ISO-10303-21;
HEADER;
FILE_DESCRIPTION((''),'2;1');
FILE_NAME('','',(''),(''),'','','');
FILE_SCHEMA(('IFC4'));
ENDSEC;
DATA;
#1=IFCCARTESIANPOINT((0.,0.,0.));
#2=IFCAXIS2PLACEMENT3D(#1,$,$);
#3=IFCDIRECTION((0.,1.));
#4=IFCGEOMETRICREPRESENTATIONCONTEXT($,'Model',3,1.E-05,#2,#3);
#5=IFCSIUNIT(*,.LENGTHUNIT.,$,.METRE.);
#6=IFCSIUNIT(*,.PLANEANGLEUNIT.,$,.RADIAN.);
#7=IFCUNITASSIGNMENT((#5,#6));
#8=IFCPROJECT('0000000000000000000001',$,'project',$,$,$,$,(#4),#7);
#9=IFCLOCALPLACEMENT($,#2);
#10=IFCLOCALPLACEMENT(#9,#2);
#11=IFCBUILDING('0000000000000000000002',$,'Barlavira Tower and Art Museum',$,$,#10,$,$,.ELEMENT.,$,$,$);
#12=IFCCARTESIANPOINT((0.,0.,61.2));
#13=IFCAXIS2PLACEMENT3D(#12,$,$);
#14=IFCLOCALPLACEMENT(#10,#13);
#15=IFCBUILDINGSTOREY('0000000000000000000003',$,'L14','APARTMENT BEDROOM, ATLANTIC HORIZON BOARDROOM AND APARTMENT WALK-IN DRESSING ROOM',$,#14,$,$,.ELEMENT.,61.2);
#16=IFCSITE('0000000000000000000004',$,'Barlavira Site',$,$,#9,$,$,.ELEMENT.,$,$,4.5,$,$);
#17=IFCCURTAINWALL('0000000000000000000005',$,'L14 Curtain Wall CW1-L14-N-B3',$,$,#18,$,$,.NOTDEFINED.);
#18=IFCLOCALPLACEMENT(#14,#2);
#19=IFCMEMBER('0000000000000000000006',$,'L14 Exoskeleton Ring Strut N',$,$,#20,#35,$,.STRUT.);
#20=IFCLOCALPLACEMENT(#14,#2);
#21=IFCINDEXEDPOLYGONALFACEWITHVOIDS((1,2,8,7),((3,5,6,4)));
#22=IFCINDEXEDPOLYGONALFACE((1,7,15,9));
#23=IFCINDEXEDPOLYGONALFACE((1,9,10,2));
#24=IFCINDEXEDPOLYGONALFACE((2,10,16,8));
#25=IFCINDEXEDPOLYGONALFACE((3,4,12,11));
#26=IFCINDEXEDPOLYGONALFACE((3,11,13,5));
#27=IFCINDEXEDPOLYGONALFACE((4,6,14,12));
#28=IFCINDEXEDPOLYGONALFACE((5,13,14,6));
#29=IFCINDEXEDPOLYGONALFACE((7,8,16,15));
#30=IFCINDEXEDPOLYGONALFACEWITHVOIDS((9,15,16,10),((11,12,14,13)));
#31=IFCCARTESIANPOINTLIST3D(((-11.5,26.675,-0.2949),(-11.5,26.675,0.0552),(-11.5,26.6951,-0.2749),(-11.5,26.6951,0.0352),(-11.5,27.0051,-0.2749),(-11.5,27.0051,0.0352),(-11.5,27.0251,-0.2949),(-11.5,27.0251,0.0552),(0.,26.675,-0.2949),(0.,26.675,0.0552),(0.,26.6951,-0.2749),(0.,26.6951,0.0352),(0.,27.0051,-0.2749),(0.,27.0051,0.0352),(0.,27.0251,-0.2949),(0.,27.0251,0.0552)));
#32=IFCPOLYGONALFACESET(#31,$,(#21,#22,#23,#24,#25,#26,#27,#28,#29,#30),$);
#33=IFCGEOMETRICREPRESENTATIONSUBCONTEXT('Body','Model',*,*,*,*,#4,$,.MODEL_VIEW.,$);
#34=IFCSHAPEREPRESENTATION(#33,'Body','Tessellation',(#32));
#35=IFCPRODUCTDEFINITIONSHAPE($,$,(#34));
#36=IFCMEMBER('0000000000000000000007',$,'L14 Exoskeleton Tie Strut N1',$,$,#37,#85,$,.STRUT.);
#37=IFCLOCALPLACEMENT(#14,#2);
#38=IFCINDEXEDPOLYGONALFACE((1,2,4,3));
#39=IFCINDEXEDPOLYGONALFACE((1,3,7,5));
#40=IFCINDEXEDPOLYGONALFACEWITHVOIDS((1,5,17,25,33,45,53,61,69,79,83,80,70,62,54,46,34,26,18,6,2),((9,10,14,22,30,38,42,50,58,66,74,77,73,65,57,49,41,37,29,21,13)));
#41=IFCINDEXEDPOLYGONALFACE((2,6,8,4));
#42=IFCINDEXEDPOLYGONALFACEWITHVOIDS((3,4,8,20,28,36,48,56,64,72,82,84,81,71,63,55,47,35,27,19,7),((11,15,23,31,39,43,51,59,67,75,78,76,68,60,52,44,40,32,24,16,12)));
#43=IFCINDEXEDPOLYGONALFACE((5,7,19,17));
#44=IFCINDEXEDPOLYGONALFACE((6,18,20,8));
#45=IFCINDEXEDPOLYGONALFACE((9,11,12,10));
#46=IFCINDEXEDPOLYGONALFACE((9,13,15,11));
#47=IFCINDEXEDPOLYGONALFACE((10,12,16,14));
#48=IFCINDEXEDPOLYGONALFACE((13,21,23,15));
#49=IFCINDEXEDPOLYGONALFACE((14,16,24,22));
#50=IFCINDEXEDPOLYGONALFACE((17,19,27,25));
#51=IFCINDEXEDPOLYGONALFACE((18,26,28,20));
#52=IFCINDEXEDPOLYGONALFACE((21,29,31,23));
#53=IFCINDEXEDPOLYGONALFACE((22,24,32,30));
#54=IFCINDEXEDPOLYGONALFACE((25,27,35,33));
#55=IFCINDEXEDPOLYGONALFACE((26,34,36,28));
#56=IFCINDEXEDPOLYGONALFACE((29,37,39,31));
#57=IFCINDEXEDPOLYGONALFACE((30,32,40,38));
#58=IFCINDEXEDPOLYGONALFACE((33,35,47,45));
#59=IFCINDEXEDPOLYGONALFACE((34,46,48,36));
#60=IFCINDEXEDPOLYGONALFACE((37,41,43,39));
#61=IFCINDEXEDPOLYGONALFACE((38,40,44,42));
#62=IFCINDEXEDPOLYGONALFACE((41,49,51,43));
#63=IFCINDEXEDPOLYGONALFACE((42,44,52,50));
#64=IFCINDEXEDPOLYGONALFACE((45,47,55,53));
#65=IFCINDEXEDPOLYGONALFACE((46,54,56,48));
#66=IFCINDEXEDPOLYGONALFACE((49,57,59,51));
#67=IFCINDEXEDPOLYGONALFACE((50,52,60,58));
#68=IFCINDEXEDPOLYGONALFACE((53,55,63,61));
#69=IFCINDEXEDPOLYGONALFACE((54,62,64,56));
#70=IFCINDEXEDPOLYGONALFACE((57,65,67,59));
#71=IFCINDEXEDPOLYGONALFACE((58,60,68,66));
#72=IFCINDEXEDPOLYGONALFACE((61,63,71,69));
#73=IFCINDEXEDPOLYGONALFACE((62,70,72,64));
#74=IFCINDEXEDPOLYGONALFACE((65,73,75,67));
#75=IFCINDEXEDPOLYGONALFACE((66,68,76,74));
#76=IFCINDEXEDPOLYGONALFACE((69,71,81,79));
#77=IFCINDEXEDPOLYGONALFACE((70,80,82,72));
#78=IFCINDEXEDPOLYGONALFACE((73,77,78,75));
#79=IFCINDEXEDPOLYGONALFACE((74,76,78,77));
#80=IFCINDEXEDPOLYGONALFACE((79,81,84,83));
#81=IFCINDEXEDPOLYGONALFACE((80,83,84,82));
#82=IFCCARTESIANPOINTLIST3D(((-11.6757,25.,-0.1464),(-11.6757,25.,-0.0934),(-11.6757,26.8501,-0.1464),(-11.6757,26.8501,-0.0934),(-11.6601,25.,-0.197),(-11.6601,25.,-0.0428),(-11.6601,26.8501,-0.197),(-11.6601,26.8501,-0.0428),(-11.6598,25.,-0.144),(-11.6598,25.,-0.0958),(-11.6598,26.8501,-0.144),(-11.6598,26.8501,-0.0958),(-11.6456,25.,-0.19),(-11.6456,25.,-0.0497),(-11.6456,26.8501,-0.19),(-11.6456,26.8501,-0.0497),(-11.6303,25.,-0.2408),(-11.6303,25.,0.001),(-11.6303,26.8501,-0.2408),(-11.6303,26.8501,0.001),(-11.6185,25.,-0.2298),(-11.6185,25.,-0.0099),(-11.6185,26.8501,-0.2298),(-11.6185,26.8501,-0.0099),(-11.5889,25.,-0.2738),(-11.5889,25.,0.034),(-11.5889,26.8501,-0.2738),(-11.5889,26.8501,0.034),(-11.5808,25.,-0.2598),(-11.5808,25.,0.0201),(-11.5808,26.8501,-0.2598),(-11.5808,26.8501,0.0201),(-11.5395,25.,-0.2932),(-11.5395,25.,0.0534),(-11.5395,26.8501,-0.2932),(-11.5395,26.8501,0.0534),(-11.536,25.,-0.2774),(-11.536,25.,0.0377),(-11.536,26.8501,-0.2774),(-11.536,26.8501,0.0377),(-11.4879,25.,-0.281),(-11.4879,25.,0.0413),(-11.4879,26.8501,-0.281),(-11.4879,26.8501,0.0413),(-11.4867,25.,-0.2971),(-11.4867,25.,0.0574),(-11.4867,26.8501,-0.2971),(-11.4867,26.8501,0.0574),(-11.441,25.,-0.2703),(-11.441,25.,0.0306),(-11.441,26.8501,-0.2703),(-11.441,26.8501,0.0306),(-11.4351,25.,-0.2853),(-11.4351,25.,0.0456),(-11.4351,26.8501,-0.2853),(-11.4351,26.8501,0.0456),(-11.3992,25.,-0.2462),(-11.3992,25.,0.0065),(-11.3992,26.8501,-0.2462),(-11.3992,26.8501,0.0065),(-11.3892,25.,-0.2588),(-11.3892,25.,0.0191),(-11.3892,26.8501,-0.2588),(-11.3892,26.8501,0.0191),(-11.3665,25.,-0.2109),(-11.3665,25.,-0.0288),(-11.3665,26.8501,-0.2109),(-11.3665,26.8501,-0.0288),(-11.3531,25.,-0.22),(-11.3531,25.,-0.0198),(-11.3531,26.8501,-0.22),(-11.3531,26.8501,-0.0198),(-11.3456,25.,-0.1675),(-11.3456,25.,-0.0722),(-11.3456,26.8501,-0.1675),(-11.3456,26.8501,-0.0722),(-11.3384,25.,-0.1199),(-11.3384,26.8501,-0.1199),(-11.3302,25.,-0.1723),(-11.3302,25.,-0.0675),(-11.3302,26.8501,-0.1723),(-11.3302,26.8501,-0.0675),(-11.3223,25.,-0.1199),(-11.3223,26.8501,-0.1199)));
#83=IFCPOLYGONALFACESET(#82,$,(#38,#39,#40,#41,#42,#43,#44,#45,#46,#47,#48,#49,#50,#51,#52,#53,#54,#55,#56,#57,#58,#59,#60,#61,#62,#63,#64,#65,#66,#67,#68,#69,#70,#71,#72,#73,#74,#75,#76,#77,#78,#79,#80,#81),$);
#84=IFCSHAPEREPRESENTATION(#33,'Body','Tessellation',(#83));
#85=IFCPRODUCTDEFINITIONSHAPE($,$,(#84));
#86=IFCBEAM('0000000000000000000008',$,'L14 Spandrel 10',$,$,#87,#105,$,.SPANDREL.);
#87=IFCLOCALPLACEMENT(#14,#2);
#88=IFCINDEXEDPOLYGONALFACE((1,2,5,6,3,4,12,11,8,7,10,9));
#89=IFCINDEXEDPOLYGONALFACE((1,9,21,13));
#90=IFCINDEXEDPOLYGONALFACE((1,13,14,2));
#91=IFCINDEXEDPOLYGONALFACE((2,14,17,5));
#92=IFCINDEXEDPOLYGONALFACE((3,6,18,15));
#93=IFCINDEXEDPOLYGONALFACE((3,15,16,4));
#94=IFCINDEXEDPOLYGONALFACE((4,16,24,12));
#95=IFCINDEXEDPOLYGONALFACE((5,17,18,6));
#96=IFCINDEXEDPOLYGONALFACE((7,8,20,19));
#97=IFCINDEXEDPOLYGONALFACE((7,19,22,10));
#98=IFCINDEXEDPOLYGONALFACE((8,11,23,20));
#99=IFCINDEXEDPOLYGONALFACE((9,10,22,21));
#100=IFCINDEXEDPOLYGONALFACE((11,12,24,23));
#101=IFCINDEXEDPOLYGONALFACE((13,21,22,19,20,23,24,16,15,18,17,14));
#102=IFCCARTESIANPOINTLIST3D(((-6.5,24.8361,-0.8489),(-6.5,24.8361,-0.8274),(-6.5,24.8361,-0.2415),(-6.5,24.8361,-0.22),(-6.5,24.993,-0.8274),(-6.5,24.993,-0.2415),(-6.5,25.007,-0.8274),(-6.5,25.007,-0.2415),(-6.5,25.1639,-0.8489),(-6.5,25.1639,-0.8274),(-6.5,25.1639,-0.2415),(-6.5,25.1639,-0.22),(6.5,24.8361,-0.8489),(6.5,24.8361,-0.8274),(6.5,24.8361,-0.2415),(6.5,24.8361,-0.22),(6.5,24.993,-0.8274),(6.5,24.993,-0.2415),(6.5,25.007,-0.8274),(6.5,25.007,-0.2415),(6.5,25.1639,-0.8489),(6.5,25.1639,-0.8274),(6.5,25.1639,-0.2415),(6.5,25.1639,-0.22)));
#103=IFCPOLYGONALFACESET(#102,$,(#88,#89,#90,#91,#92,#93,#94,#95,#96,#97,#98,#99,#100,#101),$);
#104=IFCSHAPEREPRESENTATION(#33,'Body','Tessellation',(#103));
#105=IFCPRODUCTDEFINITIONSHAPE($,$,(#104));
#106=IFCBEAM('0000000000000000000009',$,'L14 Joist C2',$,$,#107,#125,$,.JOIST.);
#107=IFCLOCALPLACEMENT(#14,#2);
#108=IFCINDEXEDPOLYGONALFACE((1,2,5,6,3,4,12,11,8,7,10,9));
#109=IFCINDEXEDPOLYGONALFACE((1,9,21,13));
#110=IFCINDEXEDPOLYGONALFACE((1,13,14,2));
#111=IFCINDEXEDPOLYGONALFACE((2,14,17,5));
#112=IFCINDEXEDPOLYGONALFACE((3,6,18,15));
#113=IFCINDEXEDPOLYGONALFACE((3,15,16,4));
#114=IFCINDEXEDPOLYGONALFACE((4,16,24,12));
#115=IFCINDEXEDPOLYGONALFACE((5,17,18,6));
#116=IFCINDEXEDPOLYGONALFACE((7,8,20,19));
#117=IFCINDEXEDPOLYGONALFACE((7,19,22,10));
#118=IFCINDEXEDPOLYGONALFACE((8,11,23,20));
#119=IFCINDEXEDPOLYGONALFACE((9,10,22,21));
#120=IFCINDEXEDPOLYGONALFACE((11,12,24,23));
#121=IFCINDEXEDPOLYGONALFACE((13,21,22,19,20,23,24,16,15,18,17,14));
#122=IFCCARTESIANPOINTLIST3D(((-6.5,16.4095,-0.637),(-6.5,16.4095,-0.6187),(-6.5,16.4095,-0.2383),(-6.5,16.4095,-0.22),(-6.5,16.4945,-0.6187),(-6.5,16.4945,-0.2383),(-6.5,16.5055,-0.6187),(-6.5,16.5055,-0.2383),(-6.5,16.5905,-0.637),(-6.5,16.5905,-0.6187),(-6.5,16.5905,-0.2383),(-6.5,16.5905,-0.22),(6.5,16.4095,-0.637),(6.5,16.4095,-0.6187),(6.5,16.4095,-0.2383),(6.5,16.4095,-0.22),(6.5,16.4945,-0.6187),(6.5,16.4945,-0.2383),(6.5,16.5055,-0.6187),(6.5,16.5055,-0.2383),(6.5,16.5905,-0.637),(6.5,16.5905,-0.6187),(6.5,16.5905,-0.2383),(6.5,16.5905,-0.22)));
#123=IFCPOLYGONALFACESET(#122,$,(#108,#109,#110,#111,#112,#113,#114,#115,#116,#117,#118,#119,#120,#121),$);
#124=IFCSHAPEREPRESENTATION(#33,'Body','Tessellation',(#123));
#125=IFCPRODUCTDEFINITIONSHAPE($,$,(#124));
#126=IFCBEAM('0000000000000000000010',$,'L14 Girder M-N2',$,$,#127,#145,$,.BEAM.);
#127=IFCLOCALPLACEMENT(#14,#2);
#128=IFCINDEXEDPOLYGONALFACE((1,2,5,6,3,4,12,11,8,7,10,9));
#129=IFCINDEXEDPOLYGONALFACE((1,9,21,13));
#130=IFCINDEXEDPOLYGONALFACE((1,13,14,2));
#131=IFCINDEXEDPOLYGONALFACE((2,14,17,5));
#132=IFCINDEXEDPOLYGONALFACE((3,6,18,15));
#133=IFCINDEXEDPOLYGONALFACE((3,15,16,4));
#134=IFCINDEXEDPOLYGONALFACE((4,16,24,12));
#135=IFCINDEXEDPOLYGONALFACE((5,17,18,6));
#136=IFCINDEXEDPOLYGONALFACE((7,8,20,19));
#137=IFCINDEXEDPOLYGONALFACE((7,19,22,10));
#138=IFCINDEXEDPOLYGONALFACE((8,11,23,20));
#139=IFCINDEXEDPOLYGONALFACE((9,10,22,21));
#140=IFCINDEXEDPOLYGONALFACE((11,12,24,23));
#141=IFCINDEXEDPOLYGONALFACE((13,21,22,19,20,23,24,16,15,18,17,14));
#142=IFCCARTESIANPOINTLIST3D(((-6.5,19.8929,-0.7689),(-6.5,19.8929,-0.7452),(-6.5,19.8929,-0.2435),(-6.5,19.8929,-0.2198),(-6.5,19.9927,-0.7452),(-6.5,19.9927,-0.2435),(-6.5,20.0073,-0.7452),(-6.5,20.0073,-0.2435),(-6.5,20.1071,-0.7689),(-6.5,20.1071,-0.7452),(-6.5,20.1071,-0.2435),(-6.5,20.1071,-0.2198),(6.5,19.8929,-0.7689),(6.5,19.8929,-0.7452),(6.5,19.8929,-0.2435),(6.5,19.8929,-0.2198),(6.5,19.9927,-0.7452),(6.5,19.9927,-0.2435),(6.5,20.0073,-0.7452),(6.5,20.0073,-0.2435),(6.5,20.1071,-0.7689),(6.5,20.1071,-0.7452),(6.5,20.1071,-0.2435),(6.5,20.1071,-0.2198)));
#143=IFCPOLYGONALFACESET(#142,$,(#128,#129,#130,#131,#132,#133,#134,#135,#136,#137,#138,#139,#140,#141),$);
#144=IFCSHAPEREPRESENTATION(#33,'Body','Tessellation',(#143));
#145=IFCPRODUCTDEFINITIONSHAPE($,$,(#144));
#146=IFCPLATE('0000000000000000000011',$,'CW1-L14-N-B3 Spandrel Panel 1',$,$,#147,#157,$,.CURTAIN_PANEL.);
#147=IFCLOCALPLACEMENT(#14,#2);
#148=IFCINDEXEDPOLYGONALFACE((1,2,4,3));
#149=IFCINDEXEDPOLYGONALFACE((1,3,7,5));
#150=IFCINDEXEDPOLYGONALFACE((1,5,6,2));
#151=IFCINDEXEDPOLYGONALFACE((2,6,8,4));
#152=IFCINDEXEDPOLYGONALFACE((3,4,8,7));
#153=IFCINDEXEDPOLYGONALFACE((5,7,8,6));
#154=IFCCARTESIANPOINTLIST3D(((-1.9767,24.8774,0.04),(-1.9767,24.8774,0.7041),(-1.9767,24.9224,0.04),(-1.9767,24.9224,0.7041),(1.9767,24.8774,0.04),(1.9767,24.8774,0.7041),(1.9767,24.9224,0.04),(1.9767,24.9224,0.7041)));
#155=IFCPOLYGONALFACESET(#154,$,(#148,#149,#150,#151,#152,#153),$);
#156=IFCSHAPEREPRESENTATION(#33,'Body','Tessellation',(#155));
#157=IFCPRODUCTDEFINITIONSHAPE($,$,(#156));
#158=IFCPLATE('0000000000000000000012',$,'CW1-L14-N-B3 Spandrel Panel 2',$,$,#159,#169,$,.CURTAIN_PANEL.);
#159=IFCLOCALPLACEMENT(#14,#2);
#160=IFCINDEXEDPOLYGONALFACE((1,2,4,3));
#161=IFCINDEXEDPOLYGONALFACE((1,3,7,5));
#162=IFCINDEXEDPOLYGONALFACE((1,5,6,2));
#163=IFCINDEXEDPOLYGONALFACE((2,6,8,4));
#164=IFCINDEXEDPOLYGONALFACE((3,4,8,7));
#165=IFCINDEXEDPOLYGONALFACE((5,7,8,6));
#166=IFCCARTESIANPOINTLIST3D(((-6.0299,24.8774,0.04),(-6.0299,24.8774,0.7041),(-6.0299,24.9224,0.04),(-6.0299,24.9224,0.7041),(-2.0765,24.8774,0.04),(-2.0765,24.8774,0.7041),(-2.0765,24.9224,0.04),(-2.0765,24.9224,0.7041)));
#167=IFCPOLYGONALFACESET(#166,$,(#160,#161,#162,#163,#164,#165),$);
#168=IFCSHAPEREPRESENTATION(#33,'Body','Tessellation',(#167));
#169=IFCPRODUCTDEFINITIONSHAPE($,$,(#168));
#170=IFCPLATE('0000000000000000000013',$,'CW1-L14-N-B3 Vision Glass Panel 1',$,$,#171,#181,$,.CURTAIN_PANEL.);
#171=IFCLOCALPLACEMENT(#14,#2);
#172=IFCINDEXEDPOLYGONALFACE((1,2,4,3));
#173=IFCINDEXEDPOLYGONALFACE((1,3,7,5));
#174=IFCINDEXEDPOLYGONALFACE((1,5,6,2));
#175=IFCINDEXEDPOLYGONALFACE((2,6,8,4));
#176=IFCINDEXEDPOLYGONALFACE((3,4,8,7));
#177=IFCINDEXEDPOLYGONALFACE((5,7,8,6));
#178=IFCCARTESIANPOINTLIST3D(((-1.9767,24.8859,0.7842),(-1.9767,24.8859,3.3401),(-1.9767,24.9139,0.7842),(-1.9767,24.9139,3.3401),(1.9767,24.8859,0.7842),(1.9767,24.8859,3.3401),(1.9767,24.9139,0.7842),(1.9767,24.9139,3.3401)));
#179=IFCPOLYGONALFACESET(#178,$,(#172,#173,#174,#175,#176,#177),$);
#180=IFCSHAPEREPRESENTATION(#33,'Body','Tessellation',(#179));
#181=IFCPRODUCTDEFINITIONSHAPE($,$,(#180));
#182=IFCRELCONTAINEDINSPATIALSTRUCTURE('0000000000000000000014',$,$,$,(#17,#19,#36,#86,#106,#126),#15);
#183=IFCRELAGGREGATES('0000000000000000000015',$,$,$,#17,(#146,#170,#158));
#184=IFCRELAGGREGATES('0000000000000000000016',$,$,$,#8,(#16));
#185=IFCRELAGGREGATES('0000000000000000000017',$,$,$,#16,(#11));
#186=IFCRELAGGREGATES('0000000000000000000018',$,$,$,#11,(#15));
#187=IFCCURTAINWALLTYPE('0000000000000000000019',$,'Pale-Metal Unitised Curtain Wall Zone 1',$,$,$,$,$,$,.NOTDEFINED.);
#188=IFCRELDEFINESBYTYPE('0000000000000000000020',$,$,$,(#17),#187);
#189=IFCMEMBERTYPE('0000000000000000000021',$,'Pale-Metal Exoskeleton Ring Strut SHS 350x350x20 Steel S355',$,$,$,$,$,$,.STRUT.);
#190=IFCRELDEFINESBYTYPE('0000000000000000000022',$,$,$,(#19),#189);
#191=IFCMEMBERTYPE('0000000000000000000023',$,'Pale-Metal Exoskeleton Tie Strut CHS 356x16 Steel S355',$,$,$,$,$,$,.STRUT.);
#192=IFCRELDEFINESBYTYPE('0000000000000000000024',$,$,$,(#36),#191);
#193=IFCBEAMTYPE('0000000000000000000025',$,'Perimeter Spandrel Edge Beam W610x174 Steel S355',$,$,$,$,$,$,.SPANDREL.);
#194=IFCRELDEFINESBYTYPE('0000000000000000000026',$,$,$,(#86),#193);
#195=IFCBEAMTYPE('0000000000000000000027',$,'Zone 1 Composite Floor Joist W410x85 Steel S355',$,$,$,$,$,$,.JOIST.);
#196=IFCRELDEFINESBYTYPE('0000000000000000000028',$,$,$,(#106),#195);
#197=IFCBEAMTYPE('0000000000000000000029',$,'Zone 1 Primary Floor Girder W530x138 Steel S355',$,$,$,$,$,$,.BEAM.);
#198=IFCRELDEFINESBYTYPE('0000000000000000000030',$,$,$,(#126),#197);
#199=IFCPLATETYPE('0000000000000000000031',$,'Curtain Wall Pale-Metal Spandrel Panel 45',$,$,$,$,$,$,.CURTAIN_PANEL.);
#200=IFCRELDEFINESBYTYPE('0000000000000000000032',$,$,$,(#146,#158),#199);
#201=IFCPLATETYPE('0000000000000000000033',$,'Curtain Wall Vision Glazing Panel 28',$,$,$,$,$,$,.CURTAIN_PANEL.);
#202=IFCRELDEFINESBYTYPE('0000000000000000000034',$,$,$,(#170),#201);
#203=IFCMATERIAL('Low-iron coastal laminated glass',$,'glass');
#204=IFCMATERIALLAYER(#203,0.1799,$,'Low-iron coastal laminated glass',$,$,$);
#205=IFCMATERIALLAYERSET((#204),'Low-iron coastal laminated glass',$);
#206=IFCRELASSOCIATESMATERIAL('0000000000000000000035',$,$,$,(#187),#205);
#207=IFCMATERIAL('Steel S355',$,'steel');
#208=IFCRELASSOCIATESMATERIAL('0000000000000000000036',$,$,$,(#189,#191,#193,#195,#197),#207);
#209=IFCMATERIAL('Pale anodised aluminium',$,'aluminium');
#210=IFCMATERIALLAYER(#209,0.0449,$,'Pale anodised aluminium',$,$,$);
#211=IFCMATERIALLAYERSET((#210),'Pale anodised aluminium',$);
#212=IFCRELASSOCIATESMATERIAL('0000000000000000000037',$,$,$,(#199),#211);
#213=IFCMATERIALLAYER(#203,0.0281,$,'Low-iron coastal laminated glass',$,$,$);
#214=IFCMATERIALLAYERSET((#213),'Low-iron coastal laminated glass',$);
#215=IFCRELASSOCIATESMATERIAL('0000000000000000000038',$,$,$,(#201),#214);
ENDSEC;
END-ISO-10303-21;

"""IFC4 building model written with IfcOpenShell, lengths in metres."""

from ifc_helpers import new_model, si_unit, direction, frame, origin, origin_2d, place, context, subcontext, project, spatial, rectangle, hollow_rectangle, hollow_circle, i_section, extrude, material, layer, layer_set, material_profile, profile_set, type_object, element, aggregate, save


model = new_model("IFC4")

# Units and contexts
model_context = context("Model", 3, precision=1e-05, world=origin(), true_north=direction((0.0, 1.0)))
body_context = subcontext(model_context, "Body", "Model", "MODEL_VIEW")
ifc_project = project(units=[si_unit("LENGTHUNIT", "METRE"), si_unit("PLANEANGLEUNIT", "RADIAN")], contexts=[model_context])

# Site, building, storey
site_placement = place(None, origin())
site = spatial("IfcSite", under=ifc_project, at=site_placement, Name="Barlavira Site", CompositionType="ELEMENT", RefElevation=4.5)
building_placement = place(site_placement, origin())
building = spatial("IfcBuilding", under=site, at=building_placement, Name="Barlavira Tower and Art Museum", CompositionType="ELEMENT")
storey_placement = place(building_placement, frame((0.0, 0.0, 61.2)))
storey = spatial("IfcBuildingStorey", under=building, at=storey_placement, Name="L14", Description="APARTMENT BEDROOM, ATLANTIC HORIZON BOARDROOM AND APARTMENT WALK-IN DRESSING ROOM", CompositionType="ELEMENT", Elevation=61.2)

# Curtain wall
ifc_material_1 = material(Name="Low-iron coastal laminated glass", Category="glass")
ifc_layer_1 = layer(ifc_material_1, 0.1799, Name="Low-iron coastal laminated glass")
ifc_layer_set_1 = layer_set([ifc_layer_1], Name="Low-iron coastal laminated glass")
curtain_wall_type = type_object("IfcCurtainWallType", Name="Pale-Metal Unitised Curtain Wall Zone 1", PredefinedType="NOTDEFINED", material=ifc_layer_set_1)
curtain_wall_placement = place(storey_placement, origin())
curtain_wall = element("IfcCurtainWall", 1, at=curtain_wall_placement, inside=storey, type_object=curtain_wall_type, Name="L14 Curtain Wall CW1-L14-N-B3", PredefinedType="NOTDEFINED")
ifc_material_2 = material(Name="Pale anodised aluminium", Category="aluminium")

# Members
ifc_material_3 = material(Name="Steel S355", Category="steel")
ifc_material_profile_1 = material_profile(ifc_material_3, hollow_rectangle(XDim=0.3501, YDim=0.3501, WallThickness=0.02, at=origin_2d()), Name="SHS 350x350x20.0")
ifc_profile_set_1 = profile_set([ifc_material_profile_1], Name="Steel S355")
member_type_1 = type_object("IfcMemberType", Name="Pale-Metal Exoskeleton Ring Strut SHS 350x350x20 Steel S355", PredefinedType="STRUT", material=ifc_profile_set_1)
member_1_placement = place(storey_placement, frame((-11.5, 26.8501, -0.1199), z_axis=(1.0, 0.0, 0.0), x_axis=(0.0, 1.0, 0.0)))
element("IfcMember", 2, at=member_1_placement, inside=storey, type_object=member_type_1, Name="L14 Exoskeleton Ring Strut N", PredefinedType="STRUT", context=body_context, shape_type="SweptSolid", body=[
    extrude(hollow_rectangle(XDim=0.3501, YDim=0.3501, WallThickness=0.02, at=origin_2d()), origin(), (0.0, 0.0, 1.0), 11.5),
])
ifc_material_profile_2 = material_profile(ifc_material_3, hollow_circle(Radius=0.1777, WallThickness=0.0161, at=origin_2d()), Name="CHS 355.6x16.0")
ifc_profile_set_2 = profile_set([ifc_material_profile_2], Name="Steel S355")
member_type_2 = type_object("IfcMemberType", Name="Pale-Metal Exoskeleton Tie Strut CHS 356x16 Steel S355", PredefinedType="STRUT", material=ifc_profile_set_2)
member_2_placement = place(storey_placement, frame((-11.5, 26.8501, -0.1199), z_axis=(0.0, -1.0, 0.0), x_axis=(1.0, 0.0, 0.0)))
element("IfcMember", 3, at=member_2_placement, inside=storey, type_object=member_type_2, Name="L14 Exoskeleton Tie Strut N1", PredefinedType="STRUT", context=body_context, shape_type="SweptSolid", body=[
    extrude(hollow_circle(Radius=0.1777, WallThickness=0.0161, at=origin_2d()), origin(), (0.0, 0.0, 1.0), 1.8501),
])

# Beams
ifc_material_profile_3 = material_profile(ifc_material_3, i_section(OverallWidth=0.3279, OverallDepth=0.6289, WebThickness=0.0139, FlangeThickness=0.0215, at=origin_2d()), Name="W610x174.0")
ifc_profile_set_3 = profile_set([ifc_material_profile_3], Name="Steel S355")
beam_type_1 = type_object("IfcBeamType", Name="Perimeter Spandrel Edge Beam W610x174 Steel S355", PredefinedType="SPANDREL", material=ifc_profile_set_3)
beam_1_placement = place(storey_placement, frame((-6.5, 25.0, -0.5344), z_axis=(1.0, 0.0, 0.0), x_axis=(0.0, 1.0, 0.0)))
element("IfcBeam", 4, at=beam_1_placement, inside=storey, type_object=beam_type_1, Name="L14 Spandrel 10", PredefinedType="SPANDREL", context=body_context, shape_type="SweptSolid", body=[
    extrude(i_section(OverallWidth=0.3279, OverallDepth=0.6289, WebThickness=0.0139, FlangeThickness=0.0215, at=origin_2d()), origin(), (0.0, 0.0, 1.0), 13.0),
])
ifc_material_profile_4 = material_profile(ifc_material_3, i_section(OverallWidth=0.1809, OverallDepth=0.417, WebThickness=0.011, FlangeThickness=0.0183, at=origin_2d()), Name="W410x85.0")
ifc_profile_set_4 = profile_set([ifc_material_profile_4], Name="Steel S355")
beam_type_2 = type_object("IfcBeamType", Name="Zone 1 Composite Floor Joist W410x85 Steel S355", PredefinedType="JOIST", material=ifc_profile_set_4)
beam_2_placement = place(storey_placement, frame((-6.5, 16.5, -0.4285), z_axis=(1.0, 0.0, 0.0), x_axis=(0.0, 1.0, 0.0)))
element("IfcBeam", 5, at=beam_2_placement, inside=storey, type_object=beam_type_2, Name="L14 Joist C2", PredefinedType="JOIST", context=body_context, shape_type="SweptSolid", body=[
    extrude(i_section(OverallWidth=0.1809, OverallDepth=0.417, WebThickness=0.011, FlangeThickness=0.0183, at=origin_2d()), origin(), (0.0, 0.0, 1.0), 13.0),
])
ifc_material_profile_5 = material_profile(ifc_material_3, i_section(OverallWidth=0.2141, OverallDepth=0.5491, WebThickness=0.0146, FlangeThickness=0.0237, at=origin_2d()), Name="W530x138.0")
ifc_profile_set_5 = profile_set([ifc_material_profile_5], Name="Steel S355")
beam_type_3 = type_object("IfcBeamType", Name="Zone 1 Primary Floor Girder W530x138 Steel S355", PredefinedType="BEAM", material=ifc_profile_set_5)
beam_3_placement = place(storey_placement, frame((-6.5, 20.0, -0.4944), z_axis=(1.0, 0.0, 0.0), x_axis=(0.0, 1.0, 0.0)))
element("IfcBeam", 6, at=beam_3_placement, inside=storey, type_object=beam_type_3, Name="L14 Girder M-N2", PredefinedType="BEAM", context=body_context, shape_type="SweptSolid", body=[
    extrude(i_section(OverallWidth=0.2141, OverallDepth=0.5491, WebThickness=0.0146, FlangeThickness=0.0237, at=origin_2d()), origin(), (0.0, 0.0, 1.0), 13.0),
])

# Plates
ifc_layer_2 = layer(ifc_material_2, 0.0449, Name="Pale anodised aluminium")
ifc_layer_set_2 = layer_set([ifc_layer_2], Name="Pale anodised aluminium")
plate_type_1 = type_object("IfcPlateType", Name="Curtain Wall Pale-Metal Spandrel Panel 45", PredefinedType="CURTAIN_PANEL", material=ifc_layer_set_2)
plate_1_placement = place(storey_placement, frame((0.0, 24.8999, 0.04), z_axis=(0.0, 0.0, 1.0), x_axis=(-1.0, 0.0, 0.0)))
plate_1 = element("IfcPlate", 7, at=plate_1_placement, type_object=plate_type_1, Name="CW1-L14-N-B3 Spandrel Panel 1", PredefinedType="CURTAIN_PANEL", context=body_context, shape_type="SweptSolid", body=[
    extrude(rectangle(XDim=3.9534, YDim=0.0449, at=origin_2d()), origin(), (0.0, 0.0, 1.0), 0.6641),
])
plate_2_placement = place(storey_placement, frame((-4.0532, 24.8999, 0.04), z_axis=(0.0, 0.0, 1.0), x_axis=(-1.0, 0.0, 0.0)))
plate_2 = element("IfcPlate", 8, at=plate_2_placement, type_object=plate_type_1, Name="CW1-L14-N-B3 Spandrel Panel 2", PredefinedType="CURTAIN_PANEL", context=body_context, shape_type="SweptSolid", body=[
    extrude(rectangle(XDim=3.9534, YDim=0.0449, at=origin_2d()), origin(), (0.0, 0.0, 1.0), 0.6641),
])
ifc_layer_3 = layer(ifc_material_1, 0.0281, Name="Low-iron coastal laminated glass")
ifc_layer_set_3 = layer_set([ifc_layer_3], Name="Low-iron coastal laminated glass")
plate_type_2 = type_object("IfcPlateType", Name="Curtain Wall Vision Glazing Panel 28", PredefinedType="CURTAIN_PANEL", material=ifc_layer_set_3)
plate_3_placement = place(storey_placement, frame((0.0, 24.8999, 0.7842), z_axis=(0.0, 0.0, 1.0), x_axis=(-1.0, 0.0, 0.0)))
plate_3 = element("IfcPlate", 9, at=plate_3_placement, type_object=plate_type_2, Name="CW1-L14-N-B3 Vision Glass Panel 1", PredefinedType="CURTAIN_PANEL", context=body_context, shape_type="SweptSolid", body=[
    extrude(rectangle(XDim=3.9534, YDim=0.0281, at=origin_2d()), origin(), (0.0, 0.0, 1.0), 2.5559),
])
aggregate(curtain_wall, [plate_1, plate_3, plate_2])

save(model, "model.ifc")
